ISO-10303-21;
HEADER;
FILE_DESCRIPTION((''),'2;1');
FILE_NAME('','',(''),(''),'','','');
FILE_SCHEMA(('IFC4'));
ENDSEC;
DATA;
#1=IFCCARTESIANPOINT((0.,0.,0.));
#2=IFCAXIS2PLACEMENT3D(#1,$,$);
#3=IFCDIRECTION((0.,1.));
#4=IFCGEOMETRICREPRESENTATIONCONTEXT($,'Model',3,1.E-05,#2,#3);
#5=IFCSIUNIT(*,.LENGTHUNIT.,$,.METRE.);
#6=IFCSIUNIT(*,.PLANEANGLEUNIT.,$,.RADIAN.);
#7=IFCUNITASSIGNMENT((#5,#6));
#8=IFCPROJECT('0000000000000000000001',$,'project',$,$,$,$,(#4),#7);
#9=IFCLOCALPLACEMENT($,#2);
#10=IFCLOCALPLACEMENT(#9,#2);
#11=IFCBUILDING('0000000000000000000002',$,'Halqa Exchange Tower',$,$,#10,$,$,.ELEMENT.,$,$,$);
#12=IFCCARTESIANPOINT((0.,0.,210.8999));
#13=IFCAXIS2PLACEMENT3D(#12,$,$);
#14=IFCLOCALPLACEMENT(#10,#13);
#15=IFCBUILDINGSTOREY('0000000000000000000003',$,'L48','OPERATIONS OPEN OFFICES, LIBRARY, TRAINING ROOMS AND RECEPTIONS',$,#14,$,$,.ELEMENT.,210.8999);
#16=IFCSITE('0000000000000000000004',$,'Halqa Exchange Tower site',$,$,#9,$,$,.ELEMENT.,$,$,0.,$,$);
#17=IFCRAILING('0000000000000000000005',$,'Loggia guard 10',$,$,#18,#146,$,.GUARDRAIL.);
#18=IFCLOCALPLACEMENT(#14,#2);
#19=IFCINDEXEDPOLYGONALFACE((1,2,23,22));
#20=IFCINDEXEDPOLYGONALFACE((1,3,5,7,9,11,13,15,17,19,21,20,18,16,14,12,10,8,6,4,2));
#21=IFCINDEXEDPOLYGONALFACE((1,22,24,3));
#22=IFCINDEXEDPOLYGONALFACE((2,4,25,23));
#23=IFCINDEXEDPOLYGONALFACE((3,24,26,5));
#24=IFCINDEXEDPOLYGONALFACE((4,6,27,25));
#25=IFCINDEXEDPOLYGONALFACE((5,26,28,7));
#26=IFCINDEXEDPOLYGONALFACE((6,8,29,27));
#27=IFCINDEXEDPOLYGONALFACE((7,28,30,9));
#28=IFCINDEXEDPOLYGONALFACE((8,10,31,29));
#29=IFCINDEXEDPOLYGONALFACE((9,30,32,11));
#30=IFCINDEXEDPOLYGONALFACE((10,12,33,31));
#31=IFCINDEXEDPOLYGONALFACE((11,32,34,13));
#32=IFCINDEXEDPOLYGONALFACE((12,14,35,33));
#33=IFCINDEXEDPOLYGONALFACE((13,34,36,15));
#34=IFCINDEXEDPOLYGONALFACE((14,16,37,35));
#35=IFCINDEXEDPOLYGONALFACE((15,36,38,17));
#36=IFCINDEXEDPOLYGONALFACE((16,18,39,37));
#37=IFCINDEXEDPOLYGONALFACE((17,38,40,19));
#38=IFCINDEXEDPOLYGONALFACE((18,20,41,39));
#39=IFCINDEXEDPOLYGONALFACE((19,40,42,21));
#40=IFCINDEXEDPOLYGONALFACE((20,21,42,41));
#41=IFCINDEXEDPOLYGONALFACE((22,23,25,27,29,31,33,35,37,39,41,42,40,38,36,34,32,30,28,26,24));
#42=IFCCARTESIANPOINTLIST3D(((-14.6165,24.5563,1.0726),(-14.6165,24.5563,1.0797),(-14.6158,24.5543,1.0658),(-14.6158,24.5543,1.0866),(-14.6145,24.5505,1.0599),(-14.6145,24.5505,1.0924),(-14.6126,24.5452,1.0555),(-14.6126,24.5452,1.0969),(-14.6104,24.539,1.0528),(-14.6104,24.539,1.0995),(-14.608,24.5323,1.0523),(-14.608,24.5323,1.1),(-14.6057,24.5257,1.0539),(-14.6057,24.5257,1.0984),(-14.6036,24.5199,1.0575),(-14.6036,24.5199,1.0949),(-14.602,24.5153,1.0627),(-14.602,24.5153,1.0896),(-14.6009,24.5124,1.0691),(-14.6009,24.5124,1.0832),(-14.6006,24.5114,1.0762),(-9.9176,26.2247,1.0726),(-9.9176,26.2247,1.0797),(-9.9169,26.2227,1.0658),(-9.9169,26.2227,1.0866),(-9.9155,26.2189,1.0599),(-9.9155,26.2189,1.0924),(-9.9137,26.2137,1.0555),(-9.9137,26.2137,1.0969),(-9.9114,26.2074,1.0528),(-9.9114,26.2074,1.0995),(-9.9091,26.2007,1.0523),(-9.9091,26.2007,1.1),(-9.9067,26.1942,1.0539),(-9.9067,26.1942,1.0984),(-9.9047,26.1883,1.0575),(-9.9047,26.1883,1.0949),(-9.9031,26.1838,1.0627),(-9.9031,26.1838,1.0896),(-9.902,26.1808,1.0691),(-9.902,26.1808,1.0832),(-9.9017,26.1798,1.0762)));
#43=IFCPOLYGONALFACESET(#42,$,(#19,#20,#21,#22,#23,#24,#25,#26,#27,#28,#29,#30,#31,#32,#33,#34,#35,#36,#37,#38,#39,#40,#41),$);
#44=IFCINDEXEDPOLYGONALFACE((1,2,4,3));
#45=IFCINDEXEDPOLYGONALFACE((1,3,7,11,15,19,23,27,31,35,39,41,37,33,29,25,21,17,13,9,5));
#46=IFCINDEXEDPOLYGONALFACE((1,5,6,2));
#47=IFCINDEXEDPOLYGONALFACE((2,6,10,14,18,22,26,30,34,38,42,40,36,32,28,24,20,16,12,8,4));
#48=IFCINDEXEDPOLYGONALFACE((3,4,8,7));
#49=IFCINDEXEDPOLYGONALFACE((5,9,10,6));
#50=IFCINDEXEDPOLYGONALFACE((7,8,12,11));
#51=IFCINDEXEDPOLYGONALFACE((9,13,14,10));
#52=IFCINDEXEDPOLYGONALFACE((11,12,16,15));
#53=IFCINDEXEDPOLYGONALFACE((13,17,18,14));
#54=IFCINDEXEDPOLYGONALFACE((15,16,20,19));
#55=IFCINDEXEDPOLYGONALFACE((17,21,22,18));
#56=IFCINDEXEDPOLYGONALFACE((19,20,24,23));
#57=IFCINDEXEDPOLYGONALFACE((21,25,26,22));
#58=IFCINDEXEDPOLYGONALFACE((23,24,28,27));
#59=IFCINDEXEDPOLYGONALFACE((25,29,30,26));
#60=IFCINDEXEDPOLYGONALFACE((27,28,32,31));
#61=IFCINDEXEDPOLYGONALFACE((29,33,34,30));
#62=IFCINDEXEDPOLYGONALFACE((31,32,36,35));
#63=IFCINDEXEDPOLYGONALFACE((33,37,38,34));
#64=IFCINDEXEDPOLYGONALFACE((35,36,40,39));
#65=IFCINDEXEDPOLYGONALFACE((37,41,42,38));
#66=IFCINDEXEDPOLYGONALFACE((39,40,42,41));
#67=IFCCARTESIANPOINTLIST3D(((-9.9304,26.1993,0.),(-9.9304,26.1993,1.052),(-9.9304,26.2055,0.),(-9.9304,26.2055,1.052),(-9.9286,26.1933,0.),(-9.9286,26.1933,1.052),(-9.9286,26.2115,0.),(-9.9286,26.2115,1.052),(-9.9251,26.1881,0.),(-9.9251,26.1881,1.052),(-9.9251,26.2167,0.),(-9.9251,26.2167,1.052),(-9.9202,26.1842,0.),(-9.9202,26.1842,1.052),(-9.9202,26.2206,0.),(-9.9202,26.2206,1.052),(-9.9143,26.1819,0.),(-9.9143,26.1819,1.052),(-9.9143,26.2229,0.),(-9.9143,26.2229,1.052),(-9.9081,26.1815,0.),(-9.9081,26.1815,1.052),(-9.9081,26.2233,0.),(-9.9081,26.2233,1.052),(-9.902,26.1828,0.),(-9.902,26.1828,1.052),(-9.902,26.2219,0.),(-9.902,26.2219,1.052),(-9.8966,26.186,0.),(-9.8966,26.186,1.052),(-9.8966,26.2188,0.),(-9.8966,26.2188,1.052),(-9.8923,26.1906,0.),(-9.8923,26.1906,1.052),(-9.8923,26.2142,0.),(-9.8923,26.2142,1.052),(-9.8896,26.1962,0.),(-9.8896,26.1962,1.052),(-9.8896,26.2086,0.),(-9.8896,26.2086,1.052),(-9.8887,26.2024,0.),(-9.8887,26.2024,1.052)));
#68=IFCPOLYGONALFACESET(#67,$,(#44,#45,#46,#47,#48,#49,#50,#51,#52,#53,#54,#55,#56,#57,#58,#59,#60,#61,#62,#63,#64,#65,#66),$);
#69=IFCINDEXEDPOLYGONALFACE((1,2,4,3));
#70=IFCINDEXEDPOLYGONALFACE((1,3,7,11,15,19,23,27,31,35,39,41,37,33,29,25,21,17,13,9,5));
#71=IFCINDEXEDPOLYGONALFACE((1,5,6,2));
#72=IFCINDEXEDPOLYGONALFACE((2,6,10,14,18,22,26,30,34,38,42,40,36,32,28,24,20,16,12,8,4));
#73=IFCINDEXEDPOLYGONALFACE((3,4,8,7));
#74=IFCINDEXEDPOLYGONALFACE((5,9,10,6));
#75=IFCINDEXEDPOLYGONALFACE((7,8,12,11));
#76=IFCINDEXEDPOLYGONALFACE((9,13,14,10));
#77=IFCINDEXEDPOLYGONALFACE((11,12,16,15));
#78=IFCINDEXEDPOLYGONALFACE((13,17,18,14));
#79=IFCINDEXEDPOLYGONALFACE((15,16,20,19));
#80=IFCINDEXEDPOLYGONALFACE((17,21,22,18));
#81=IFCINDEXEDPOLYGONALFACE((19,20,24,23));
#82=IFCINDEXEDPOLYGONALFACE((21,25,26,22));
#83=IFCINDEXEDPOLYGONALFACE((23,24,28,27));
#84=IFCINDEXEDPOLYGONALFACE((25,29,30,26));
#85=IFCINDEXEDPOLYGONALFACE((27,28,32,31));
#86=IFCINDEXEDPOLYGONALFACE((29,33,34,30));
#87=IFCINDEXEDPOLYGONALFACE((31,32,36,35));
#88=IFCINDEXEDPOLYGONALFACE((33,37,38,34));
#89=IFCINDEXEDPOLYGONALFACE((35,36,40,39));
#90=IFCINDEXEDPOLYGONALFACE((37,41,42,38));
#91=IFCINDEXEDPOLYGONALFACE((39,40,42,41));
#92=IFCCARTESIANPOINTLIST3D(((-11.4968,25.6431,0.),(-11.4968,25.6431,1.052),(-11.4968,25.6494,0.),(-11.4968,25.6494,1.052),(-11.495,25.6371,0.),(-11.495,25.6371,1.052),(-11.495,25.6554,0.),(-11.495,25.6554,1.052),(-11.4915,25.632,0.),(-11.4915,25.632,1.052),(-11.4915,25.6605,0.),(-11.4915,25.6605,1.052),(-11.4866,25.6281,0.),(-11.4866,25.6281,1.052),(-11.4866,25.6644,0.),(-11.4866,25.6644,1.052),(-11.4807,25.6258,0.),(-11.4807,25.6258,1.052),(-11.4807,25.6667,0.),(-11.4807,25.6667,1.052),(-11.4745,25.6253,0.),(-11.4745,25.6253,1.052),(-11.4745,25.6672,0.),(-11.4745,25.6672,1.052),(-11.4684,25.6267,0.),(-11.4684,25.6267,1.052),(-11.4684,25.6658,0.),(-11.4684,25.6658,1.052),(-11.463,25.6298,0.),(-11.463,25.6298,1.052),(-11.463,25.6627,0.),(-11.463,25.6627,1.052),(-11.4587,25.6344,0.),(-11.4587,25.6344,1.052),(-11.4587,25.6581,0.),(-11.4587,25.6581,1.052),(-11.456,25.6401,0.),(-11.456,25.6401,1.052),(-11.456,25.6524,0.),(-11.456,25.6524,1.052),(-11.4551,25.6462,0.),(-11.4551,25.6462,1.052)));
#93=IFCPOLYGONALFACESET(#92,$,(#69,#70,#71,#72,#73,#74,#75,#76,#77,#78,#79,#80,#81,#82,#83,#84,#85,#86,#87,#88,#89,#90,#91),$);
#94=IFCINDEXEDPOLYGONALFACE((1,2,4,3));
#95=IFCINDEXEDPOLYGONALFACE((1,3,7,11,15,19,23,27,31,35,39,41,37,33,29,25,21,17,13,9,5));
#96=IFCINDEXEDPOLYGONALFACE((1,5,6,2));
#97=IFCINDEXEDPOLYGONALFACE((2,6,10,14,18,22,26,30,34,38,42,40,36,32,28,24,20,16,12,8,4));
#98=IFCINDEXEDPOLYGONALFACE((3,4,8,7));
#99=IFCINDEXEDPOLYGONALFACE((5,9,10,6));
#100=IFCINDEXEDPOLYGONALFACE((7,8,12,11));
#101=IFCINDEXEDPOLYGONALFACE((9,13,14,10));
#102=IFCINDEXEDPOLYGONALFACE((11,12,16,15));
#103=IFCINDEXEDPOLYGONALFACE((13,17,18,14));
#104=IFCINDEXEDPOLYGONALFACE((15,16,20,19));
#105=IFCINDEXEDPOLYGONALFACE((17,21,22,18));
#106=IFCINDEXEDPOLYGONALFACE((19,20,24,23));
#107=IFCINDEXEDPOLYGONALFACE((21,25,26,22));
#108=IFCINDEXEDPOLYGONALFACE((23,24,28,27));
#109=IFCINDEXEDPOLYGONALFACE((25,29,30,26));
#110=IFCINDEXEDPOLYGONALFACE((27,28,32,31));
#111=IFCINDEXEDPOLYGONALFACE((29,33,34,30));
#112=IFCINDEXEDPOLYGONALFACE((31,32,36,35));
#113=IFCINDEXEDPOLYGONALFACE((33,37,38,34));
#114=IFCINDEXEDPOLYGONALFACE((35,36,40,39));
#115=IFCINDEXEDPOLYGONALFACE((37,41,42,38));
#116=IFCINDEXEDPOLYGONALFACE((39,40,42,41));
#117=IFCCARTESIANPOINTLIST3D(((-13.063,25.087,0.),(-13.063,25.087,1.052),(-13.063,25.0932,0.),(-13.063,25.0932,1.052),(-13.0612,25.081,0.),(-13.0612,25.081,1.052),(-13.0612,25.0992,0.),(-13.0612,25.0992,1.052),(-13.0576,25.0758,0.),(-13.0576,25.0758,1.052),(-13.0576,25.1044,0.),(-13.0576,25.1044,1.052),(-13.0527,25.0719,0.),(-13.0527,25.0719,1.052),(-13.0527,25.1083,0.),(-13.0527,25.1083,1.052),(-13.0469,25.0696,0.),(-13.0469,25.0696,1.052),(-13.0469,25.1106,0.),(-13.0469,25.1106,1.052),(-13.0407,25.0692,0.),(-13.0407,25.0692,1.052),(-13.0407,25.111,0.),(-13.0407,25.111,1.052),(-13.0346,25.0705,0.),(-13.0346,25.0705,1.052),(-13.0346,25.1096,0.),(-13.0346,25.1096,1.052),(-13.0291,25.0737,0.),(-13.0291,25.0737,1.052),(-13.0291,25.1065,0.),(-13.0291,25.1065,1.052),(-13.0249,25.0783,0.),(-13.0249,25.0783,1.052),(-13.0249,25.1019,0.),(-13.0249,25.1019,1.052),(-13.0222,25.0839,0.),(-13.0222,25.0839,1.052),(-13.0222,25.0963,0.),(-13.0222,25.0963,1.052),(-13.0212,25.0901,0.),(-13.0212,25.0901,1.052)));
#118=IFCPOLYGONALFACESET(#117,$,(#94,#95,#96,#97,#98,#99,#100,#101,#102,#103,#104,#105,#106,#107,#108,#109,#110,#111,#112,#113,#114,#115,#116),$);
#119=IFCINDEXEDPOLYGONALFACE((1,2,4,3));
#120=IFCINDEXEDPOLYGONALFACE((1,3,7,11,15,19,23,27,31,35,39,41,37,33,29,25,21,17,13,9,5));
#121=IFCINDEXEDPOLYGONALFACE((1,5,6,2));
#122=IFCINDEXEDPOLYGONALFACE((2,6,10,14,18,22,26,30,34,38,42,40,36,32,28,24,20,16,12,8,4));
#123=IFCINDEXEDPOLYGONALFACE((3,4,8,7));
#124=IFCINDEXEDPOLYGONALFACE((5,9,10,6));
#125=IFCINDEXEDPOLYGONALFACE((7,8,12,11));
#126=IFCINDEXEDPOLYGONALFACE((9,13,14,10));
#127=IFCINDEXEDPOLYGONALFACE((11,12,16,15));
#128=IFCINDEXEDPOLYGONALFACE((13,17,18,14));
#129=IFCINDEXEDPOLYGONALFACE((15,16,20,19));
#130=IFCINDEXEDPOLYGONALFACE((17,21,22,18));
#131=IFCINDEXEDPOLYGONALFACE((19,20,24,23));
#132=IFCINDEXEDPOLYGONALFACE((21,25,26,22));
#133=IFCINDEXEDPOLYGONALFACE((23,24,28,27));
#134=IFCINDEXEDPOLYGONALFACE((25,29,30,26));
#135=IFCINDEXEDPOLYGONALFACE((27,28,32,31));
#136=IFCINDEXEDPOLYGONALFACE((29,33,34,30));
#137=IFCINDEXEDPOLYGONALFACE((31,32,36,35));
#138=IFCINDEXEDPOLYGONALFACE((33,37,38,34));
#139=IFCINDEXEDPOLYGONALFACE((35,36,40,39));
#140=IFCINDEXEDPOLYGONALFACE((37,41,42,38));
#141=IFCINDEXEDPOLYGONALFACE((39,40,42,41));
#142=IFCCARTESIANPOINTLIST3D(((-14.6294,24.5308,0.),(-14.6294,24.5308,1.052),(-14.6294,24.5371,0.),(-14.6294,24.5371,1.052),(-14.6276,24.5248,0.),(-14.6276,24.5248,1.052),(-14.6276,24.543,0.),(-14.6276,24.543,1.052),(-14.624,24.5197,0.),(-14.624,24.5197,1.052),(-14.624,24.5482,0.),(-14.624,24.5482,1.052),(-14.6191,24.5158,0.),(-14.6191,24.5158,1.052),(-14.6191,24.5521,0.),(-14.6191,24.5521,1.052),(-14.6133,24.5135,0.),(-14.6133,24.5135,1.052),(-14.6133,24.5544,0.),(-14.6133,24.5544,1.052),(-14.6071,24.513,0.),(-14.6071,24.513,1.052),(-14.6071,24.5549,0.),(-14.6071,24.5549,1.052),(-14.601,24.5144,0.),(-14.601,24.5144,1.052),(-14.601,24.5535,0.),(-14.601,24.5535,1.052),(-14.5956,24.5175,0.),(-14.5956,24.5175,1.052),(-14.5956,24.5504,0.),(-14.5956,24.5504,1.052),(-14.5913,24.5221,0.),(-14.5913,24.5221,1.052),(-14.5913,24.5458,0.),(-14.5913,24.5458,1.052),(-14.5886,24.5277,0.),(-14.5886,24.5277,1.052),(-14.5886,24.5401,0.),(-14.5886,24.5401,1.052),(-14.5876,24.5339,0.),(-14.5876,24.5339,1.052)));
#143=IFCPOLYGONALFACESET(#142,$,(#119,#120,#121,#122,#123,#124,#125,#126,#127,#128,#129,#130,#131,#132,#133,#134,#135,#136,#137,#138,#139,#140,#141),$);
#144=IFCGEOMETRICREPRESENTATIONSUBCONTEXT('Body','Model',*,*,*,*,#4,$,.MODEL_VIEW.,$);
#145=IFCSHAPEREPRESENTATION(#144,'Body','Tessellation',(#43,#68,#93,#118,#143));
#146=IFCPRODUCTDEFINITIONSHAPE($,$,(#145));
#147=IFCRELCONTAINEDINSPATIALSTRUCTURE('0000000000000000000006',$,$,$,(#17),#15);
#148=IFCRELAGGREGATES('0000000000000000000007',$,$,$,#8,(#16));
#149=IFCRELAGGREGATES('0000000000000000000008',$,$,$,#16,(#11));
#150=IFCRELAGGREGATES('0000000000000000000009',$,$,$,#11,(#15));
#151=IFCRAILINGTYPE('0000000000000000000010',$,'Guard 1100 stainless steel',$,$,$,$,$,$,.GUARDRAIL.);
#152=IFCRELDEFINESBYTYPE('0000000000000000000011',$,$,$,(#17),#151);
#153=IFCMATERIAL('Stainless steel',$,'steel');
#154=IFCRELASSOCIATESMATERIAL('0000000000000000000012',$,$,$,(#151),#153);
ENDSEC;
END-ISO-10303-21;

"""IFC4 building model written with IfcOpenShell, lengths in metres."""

from ifc_helpers import new_model, si_unit, direction, frame, origin, origin_2d, place, context, subcontext, project, spatial, circle, extrude, material, type_object, element, save


model = new_model("IFC4")

# Units and contexts
model_context = context("Model", 3, precision=1e-05, world=origin(), true_north=direction((0.0, 1.0)))
body_context = subcontext(model_context, "Body", "Model", "MODEL_VIEW")
ifc_project = project(units=[si_unit("LENGTHUNIT", "METRE"), si_unit("PLANEANGLEUNIT", "RADIAN")], contexts=[model_context])

# Site, building, storey
site_placement = place(None, origin())
site = spatial("IfcSite", under=ifc_project, at=site_placement, Name="Halqa Exchange Tower site", CompositionType="ELEMENT", RefElevation=0.0)
building_placement = place(site_placement, origin())
building = spatial("IfcBuilding", under=site, at=building_placement, Name="Halqa Exchange Tower", CompositionType="ELEMENT")
storey_placement = place(building_placement, frame((0.0, 0.0, 210.8999)))
storey = spatial("IfcBuildingStorey", under=building, at=storey_placement, Name="L48", Description="OPERATIONS OPEN OFFICES, LIBRARY, TRAINING ROOMS AND RECEPTIONS", CompositionType="ELEMENT", Elevation=210.8999)

# Railing
ifc_material_1 = material(Name="Stainless steel", Category="steel")
railing_type_1 = type_object("IfcRailingType", Name="Guard 1100 stainless steel", PredefinedType="GUARDRAIL", material=ifc_material_1)
railing_1_placement = place(storey_placement, frame((-9.9097, 26.2024, 0.0)))
element("IfcRailing", 1, at=railing_1_placement, inside=storey, type_object=railing_type_1, Name="Loggia guard 10", PredefinedType="GUARDRAIL", context=body_context, shape_type="SweptSolid", body=[
    extrude(circle(Radius=0.0239, at=origin_2d()), frame((0.0, 0.0, 1.0762), z_axis=(-0.94236, -0.334602, 0.0), x_axis=(0.334602, -0.94236, 0.0)), (0.0, 0.0, 1.0), 4.9863),
    extrude(circle(Radius=0.021, at=origin_2d()), origin(), (0.0, 0.0, 1.0), 1.052),
    extrude(circle(Radius=0.021, at=origin_2d()), frame((-1.5664, -0.5562, 0.0)), (0.0, 0.0, 1.0), 1.052),
    extrude(circle(Radius=0.021, at=origin_2d()), frame((-3.1326, -1.1123, 0.0)), (0.0, 0.0, 1.0), 1.052),
    extrude(circle(Radius=0.021, at=origin_2d()), frame((-4.699, -1.6685, 0.0)), (0.0, 0.0, 1.0), 1.052),
])

save(model, "model.ifc")
